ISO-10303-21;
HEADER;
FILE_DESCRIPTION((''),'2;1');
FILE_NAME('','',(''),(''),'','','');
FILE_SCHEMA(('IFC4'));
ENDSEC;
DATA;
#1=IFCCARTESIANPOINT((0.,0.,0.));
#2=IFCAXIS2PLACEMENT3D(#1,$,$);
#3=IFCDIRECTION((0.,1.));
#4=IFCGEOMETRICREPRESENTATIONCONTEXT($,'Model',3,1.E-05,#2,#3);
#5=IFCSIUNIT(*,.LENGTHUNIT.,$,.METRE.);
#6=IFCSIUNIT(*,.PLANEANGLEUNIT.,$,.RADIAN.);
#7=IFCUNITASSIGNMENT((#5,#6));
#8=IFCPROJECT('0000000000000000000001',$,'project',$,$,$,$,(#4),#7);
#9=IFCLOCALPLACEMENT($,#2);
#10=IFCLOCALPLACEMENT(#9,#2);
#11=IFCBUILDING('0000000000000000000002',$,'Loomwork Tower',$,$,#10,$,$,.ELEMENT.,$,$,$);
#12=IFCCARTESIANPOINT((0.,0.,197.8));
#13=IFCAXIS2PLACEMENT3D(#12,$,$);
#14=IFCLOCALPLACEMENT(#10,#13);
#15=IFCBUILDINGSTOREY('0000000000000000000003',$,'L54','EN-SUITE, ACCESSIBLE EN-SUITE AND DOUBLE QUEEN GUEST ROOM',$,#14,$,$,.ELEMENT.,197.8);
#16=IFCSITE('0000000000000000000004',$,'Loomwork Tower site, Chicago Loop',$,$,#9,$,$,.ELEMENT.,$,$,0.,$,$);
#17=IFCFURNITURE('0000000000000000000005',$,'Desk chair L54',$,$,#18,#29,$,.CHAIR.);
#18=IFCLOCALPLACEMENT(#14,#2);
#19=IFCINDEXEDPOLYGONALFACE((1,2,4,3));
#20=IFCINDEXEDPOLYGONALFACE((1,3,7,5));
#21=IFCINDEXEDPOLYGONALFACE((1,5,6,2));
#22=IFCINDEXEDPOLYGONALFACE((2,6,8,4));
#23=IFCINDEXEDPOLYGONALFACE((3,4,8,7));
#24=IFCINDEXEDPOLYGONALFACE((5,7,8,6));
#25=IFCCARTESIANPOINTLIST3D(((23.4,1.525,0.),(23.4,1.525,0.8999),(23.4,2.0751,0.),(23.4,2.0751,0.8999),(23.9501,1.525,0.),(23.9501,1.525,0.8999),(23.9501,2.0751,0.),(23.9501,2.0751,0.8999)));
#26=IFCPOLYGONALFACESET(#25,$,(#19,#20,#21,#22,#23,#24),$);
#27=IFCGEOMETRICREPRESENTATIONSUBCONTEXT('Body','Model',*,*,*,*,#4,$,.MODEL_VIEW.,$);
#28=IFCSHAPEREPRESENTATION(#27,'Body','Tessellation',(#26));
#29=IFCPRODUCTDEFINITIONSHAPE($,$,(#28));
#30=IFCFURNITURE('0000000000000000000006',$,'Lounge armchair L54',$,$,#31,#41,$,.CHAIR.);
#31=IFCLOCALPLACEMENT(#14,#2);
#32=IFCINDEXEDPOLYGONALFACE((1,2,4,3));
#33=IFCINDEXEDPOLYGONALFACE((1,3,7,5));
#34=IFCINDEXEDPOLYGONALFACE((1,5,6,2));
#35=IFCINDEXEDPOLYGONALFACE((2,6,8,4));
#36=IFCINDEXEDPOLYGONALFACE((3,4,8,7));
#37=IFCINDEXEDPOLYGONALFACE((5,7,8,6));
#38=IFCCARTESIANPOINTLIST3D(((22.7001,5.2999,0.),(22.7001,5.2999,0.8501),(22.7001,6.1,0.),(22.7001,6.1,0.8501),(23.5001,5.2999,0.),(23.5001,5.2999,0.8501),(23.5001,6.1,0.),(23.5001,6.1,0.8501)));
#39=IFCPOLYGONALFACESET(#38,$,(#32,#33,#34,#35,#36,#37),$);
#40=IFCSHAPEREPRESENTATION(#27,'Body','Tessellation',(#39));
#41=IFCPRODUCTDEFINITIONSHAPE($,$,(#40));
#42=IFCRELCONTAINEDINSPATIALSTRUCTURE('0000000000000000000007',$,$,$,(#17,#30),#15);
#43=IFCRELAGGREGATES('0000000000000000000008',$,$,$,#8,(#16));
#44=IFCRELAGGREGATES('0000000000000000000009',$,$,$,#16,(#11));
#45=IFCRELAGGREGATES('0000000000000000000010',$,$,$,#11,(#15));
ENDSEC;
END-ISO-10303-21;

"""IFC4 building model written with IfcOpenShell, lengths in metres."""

from ifc_helpers import new_model, si_unit, direction, frame, origin, origin_2d, place, context, subcontext, project, spatial, rectangle, extrude, element, save


model = new_model("IFC4")

# Units and contexts
model_context = context("Model", 3, precision=1e-05, world=origin(), true_north=direction((0.0, 1.0)))
body_context = subcontext(model_context, "Body", "Model", "MODEL_VIEW")
ifc_project = project(units=[si_unit("LENGTHUNIT", "METRE"), si_unit("PLANEANGLEUNIT", "RADIAN")], contexts=[model_context])

# Site, building, storey
site_placement = place(None, origin())
site = spatial("IfcSite", under=ifc_project, at=site_placement, Name="Loomwork Tower site, Chicago Loop", CompositionType="ELEMENT", RefElevation=0.0)
building_placement = place(site_placement, origin())
building = spatial("IfcBuilding", under=site, at=building_placement, Name="Loomwork Tower", CompositionType="ELEMENT")
storey_placement = place(building_placement, frame((0.0, 0.0, 197.8)))
storey = spatial("IfcBuildingStorey", under=building, at=storey_placement, Name="L54", Description="EN-SUITE, ACCESSIBLE EN-SUITE AND DOUBLE QUEEN GUEST ROOM", CompositionType="ELEMENT", Elevation=197.8)

# Furniture
furniture_1_placement = place(storey_placement, frame((23.675, 1.8, 0.0), z_axis=(0.0, 0.0, 1.0), x_axis=(1.0, 0.0, 0.0)))
element("IfcFurniture", 1, at=furniture_1_placement, inside=storey, Name="Desk chair L54", PredefinedType="CHAIR", context=body_context, shape_type="SweptSolid", body=[
    extrude(rectangle(XDim=0.55, YDim=0.55, at=origin_2d()), origin(), (0.0, 0.0, 1.0), 0.8999),
])
furniture_2_placement = place(storey_placement, frame((23.1001, 5.7, 0.0), z_axis=(0.0, 0.0, 1.0), x_axis=(1.0, 0.0, 0.0)))
element("IfcFurniture", 2, at=furniture_2_placement, inside=storey, Name="Lounge armchair L54", PredefinedType="CHAIR", context=body_context, shape_type="SweptSolid", body=[
    extrude(rectangle(XDim=0.8, YDim=0.8, at=origin_2d()), origin(), (0.0, 0.0, 1.0), 0.8501),
])

save(model, "model.ifc")
